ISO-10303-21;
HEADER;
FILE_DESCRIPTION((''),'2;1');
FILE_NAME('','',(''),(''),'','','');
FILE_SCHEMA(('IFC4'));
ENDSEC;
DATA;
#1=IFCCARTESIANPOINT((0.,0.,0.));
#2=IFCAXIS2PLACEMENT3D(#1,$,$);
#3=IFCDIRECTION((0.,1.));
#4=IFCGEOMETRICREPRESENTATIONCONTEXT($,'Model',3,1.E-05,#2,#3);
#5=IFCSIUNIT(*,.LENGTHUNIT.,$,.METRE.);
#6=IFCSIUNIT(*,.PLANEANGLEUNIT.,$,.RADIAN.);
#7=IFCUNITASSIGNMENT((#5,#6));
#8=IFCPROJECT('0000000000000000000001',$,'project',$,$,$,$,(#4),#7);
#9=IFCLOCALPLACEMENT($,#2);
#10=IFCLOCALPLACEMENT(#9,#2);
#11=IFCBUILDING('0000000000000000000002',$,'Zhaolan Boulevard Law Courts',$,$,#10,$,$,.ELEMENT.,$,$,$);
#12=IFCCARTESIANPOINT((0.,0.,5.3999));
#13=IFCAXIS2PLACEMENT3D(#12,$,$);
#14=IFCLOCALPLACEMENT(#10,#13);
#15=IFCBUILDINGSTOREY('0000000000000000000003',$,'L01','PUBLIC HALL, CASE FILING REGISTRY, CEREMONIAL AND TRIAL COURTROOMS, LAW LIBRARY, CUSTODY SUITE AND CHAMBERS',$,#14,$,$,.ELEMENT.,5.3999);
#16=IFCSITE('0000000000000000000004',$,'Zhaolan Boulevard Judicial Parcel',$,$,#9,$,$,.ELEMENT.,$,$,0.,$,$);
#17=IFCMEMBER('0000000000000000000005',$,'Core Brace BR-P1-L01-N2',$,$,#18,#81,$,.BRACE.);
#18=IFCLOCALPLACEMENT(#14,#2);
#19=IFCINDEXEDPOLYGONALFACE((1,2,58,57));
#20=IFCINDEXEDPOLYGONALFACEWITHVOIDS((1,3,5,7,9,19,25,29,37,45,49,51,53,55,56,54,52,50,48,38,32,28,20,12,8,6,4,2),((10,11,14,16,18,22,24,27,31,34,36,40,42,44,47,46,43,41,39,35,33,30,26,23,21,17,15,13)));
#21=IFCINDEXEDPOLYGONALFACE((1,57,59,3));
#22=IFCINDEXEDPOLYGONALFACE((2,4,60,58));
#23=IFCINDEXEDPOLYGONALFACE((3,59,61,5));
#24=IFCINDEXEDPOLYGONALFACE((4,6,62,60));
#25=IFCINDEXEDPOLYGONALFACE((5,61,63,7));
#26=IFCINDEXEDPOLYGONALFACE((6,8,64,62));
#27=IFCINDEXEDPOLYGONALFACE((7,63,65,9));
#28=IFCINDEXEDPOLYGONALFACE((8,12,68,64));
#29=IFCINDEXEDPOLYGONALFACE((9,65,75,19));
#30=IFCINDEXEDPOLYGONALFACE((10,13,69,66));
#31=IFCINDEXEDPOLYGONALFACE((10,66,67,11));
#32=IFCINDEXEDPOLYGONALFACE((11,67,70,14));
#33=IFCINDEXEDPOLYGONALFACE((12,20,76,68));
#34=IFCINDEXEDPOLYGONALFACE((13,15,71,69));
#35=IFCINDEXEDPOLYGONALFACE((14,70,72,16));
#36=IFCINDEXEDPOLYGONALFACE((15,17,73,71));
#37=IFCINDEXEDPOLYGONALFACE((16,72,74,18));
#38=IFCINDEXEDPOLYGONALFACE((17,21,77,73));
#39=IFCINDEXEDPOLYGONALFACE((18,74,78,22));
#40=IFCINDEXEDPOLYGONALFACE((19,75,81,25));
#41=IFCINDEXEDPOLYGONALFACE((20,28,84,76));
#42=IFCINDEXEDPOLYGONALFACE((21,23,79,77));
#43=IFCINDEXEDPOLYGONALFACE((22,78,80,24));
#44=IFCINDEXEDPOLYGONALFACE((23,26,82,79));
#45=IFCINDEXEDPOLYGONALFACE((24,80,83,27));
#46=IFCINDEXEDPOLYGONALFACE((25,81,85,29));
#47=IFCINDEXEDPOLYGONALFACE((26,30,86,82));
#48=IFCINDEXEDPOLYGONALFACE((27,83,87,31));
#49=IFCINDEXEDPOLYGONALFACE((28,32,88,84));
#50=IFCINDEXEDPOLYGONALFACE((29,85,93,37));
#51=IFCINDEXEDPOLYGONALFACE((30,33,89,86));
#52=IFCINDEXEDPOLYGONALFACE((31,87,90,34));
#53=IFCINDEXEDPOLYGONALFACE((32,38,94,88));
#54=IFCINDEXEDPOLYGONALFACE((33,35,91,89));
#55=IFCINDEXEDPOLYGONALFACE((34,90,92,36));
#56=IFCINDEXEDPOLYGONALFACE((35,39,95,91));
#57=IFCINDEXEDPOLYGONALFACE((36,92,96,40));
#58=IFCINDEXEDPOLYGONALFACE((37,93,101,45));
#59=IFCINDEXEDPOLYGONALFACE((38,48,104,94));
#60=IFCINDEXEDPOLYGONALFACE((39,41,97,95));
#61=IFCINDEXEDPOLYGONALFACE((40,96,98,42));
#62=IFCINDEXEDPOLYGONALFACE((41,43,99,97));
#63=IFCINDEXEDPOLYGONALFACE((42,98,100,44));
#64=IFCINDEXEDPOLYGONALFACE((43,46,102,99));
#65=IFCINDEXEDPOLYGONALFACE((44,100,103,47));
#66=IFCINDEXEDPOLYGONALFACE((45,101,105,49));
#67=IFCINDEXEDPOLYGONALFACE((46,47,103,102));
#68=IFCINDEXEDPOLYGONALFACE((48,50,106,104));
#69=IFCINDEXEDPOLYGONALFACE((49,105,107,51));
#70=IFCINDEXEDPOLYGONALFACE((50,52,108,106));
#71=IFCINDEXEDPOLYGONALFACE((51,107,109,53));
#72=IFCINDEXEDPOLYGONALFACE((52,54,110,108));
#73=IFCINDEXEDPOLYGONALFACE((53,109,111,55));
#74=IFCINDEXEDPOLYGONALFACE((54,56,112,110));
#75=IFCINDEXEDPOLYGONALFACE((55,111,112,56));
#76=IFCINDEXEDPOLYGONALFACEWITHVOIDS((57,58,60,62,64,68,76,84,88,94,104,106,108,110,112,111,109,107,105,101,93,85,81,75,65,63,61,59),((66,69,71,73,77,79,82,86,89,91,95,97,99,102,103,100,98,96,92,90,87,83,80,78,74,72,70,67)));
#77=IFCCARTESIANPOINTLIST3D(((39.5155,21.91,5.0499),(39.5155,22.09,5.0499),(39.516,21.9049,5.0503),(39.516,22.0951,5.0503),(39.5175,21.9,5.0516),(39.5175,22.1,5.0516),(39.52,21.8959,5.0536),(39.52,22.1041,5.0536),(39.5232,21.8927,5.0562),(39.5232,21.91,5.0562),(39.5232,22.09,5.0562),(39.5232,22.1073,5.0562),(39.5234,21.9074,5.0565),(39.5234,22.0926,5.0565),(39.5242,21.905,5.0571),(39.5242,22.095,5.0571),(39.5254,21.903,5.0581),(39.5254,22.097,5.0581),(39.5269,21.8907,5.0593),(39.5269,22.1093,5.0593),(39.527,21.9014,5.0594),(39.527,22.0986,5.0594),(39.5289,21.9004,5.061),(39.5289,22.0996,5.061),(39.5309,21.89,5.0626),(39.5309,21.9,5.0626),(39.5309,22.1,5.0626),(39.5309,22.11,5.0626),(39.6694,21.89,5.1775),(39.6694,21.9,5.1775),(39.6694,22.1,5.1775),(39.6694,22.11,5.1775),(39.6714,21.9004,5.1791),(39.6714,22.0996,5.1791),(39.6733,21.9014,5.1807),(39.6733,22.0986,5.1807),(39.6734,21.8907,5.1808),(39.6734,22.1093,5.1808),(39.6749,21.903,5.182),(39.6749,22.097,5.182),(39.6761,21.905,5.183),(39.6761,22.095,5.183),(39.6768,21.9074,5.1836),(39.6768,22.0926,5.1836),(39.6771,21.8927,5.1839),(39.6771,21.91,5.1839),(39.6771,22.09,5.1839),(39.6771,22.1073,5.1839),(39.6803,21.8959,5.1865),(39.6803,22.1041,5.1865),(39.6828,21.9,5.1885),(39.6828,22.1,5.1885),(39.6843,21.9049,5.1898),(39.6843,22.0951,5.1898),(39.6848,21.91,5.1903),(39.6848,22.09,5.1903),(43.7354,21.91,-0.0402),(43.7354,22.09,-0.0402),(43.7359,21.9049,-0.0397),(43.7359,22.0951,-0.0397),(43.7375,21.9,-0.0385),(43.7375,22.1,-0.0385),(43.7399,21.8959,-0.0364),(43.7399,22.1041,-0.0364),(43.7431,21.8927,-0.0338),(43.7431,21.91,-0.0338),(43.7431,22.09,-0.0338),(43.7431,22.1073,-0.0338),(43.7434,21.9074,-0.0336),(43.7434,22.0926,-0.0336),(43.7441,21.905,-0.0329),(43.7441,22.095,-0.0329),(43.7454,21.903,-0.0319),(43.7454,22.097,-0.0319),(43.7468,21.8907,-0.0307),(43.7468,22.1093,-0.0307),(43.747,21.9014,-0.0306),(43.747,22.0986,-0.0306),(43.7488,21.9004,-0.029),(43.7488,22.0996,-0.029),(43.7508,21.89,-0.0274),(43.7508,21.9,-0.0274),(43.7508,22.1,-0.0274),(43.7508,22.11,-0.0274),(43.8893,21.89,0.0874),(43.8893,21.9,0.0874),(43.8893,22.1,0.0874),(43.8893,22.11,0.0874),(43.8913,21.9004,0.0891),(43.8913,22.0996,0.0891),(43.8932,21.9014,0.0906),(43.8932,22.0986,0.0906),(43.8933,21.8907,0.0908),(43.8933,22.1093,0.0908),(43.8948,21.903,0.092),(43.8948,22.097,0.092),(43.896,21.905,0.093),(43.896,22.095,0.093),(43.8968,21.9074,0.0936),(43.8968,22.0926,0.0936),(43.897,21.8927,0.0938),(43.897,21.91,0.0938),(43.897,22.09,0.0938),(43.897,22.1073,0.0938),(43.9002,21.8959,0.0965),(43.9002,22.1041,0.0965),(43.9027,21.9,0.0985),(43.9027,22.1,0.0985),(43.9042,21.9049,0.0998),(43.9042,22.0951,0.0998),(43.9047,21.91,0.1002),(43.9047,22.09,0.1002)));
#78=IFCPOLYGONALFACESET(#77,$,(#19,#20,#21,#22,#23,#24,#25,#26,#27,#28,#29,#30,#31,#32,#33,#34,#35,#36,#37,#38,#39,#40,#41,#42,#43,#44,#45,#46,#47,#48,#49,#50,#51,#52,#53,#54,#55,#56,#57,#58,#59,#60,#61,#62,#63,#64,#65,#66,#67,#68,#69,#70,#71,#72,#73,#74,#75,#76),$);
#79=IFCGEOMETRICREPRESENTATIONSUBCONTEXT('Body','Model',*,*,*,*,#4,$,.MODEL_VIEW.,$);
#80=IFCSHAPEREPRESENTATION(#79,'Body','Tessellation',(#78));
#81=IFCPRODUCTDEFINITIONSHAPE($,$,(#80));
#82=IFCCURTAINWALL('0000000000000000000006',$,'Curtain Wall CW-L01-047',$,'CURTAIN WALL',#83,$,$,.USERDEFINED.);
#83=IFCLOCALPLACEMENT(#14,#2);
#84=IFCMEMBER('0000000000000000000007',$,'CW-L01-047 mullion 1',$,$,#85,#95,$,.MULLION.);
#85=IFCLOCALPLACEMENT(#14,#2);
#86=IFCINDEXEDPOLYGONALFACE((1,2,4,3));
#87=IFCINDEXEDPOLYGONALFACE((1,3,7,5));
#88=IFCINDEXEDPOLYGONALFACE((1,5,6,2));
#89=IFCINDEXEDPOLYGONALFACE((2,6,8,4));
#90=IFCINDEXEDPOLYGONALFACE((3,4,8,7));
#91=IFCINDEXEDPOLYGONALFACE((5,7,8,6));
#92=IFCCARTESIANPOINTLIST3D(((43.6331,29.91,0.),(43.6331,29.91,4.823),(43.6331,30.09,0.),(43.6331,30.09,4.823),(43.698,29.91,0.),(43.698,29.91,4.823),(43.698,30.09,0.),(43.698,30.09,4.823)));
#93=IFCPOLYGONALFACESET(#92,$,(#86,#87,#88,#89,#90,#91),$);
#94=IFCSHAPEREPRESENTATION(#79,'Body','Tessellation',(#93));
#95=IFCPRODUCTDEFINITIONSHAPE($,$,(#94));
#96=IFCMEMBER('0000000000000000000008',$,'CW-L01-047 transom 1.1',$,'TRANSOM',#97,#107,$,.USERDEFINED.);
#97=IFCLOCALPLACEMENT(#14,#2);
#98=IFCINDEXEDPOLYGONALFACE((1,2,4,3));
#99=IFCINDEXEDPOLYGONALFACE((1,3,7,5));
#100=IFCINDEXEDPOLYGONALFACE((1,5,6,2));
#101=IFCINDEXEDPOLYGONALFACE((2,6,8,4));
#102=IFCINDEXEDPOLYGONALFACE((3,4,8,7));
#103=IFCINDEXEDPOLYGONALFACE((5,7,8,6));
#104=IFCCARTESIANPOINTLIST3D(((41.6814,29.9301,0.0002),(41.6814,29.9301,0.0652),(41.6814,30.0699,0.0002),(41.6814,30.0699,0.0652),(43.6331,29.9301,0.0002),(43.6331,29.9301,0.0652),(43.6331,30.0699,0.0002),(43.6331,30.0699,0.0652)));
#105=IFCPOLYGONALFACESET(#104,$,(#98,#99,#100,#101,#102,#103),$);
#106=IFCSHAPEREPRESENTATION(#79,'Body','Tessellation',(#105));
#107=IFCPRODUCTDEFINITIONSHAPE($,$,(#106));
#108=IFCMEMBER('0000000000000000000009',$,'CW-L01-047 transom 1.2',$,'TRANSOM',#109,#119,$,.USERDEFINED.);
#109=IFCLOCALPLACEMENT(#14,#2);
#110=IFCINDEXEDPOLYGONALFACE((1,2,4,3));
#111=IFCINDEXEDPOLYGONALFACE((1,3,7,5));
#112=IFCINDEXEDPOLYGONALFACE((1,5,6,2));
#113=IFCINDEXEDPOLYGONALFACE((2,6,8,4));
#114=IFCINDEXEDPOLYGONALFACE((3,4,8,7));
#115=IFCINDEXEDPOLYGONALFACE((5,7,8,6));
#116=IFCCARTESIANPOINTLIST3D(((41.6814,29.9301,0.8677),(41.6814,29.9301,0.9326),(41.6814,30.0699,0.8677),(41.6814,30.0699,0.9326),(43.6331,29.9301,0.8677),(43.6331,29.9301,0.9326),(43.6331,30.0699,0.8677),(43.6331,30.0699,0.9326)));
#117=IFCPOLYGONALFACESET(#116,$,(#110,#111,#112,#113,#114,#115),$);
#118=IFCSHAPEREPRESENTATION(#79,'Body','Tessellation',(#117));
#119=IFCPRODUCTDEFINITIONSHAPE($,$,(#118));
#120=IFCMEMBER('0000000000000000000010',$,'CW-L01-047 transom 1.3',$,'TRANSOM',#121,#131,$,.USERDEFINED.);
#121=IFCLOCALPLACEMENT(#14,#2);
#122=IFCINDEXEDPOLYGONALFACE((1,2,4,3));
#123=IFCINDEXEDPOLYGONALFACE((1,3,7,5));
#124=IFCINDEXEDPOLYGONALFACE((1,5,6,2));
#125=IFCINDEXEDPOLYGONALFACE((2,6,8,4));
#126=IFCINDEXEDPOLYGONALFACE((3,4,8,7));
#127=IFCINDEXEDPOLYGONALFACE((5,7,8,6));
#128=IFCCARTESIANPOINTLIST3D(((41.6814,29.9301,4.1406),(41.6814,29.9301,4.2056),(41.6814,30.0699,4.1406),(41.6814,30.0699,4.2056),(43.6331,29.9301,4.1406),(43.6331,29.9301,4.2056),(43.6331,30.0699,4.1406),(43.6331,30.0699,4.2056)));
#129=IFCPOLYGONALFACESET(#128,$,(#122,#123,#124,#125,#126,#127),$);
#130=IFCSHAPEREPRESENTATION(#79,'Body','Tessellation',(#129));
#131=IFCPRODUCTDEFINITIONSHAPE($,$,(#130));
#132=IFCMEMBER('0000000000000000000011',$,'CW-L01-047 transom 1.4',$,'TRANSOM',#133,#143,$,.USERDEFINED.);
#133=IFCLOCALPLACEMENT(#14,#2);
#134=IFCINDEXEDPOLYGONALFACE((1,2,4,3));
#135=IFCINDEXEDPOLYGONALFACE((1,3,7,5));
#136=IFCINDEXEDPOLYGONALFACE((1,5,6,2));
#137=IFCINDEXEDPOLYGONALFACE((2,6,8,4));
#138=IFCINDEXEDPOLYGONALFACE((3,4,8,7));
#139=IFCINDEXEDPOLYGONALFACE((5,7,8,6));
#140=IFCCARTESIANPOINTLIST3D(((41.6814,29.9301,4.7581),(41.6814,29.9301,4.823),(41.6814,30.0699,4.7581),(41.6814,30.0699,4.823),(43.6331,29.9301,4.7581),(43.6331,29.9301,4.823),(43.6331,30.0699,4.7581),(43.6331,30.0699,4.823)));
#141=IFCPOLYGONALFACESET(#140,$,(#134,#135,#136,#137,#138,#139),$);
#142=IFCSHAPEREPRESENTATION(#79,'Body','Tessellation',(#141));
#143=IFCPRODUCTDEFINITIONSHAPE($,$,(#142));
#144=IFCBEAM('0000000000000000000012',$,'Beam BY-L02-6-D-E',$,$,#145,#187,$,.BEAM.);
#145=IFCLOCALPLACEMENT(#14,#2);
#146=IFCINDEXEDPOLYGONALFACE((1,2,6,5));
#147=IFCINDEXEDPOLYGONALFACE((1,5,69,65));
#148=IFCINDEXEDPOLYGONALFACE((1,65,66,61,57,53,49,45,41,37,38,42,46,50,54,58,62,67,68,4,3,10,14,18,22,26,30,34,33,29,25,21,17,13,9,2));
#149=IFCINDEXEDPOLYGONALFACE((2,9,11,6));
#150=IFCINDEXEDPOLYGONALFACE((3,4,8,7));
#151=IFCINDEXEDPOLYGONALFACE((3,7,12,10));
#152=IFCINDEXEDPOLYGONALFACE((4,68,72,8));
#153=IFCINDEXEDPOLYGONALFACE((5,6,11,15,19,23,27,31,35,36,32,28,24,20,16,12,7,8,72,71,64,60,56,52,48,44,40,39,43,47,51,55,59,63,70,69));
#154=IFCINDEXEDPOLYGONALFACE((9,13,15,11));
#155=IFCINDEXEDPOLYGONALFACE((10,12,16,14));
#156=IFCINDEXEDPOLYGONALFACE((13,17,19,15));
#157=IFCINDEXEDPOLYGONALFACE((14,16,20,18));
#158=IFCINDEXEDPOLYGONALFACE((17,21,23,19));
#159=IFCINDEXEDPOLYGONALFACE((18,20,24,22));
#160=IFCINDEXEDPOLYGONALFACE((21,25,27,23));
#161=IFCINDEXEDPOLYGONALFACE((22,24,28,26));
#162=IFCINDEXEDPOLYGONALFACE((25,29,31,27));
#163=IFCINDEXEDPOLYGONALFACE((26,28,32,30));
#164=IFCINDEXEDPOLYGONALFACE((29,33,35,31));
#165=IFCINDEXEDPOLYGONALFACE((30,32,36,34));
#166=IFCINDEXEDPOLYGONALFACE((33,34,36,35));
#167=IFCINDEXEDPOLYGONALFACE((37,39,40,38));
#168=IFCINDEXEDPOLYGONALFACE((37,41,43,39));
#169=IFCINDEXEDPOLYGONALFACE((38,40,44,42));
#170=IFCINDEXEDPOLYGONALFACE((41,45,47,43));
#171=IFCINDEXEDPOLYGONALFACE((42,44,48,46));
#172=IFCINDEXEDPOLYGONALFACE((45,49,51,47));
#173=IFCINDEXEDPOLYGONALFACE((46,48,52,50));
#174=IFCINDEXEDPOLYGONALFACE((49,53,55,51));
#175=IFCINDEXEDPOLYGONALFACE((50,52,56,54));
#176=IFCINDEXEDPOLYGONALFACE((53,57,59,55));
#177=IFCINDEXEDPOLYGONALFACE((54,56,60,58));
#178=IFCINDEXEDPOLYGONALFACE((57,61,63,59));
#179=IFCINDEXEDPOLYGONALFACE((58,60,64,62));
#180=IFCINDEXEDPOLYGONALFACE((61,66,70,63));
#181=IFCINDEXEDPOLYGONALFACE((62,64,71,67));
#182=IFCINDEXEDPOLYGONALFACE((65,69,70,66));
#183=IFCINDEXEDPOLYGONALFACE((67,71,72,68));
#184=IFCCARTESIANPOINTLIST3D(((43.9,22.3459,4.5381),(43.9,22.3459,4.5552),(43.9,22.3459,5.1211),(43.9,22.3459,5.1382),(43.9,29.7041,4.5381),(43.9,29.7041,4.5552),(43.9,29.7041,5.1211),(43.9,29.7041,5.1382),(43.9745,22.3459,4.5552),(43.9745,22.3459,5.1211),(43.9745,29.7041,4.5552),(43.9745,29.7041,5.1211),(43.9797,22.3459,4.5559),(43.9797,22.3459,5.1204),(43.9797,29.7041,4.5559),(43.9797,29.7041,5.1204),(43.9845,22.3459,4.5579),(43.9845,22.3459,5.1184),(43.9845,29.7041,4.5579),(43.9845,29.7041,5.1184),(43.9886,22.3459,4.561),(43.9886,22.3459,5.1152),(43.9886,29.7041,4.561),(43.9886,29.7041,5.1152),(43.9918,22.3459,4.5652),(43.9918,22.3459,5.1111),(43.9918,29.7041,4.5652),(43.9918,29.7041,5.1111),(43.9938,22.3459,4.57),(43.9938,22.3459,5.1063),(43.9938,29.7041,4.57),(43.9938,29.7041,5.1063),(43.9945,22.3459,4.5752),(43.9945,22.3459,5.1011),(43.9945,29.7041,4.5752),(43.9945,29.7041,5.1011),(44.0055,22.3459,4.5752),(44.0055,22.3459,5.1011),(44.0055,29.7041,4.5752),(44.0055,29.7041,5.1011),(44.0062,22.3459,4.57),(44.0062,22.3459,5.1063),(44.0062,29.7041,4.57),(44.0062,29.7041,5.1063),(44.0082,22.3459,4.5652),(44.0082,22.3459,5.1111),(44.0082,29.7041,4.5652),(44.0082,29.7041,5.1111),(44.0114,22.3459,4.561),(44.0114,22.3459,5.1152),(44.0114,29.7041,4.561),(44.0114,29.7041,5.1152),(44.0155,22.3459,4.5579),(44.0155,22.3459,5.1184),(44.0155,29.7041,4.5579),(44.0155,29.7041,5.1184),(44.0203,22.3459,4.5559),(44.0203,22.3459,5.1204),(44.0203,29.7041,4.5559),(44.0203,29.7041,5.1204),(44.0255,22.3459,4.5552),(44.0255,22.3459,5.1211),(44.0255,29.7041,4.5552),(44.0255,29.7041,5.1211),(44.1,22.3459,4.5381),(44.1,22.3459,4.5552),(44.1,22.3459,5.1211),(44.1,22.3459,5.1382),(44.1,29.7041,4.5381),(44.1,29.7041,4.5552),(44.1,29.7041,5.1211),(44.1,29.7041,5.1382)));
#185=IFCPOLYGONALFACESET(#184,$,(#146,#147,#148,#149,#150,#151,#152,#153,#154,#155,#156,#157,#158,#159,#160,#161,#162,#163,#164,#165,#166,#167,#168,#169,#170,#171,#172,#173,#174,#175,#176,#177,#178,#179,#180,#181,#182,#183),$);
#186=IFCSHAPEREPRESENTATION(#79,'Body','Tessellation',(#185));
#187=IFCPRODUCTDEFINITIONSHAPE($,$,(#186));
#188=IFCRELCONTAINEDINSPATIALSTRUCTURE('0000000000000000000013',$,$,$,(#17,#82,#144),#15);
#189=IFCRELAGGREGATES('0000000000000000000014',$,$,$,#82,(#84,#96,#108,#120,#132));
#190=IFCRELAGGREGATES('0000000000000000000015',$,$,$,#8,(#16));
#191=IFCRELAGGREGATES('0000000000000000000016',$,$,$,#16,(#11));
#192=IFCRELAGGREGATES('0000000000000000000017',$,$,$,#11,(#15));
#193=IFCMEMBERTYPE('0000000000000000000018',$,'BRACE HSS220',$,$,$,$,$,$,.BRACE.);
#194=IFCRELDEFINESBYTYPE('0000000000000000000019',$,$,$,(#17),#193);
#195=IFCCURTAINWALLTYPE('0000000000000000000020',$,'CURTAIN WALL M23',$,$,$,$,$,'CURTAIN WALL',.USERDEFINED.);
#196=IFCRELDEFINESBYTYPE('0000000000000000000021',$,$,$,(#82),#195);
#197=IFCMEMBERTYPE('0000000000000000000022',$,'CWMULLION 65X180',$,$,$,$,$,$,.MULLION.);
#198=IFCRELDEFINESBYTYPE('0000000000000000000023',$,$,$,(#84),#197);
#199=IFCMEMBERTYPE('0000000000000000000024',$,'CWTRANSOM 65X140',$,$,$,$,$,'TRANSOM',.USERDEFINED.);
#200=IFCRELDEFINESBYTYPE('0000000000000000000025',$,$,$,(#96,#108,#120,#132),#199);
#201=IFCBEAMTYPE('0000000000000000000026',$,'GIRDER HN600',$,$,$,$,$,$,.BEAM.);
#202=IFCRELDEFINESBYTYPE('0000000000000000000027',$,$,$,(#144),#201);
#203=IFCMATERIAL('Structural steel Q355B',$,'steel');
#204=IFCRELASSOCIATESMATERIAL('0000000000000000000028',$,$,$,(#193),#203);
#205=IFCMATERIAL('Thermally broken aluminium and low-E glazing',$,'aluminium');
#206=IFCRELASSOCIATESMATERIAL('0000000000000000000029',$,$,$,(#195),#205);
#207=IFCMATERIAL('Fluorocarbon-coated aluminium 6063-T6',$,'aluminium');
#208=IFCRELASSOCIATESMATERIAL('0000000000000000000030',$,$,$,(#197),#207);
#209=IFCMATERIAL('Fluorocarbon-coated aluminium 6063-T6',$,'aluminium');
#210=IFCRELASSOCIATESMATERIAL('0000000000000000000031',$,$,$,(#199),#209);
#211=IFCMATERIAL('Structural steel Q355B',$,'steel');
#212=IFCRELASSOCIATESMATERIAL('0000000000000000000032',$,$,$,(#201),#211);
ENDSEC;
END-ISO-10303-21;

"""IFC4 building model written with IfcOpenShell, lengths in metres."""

from ifc_helpers import new_model, si_unit, direction, frame, origin, origin_2d, place, context, subcontext, project, spatial, rectangle, hollow_rectangle, i_section, extrude, material, material_profile, profile_set, type_object, element, aggregate, save


model = new_model("IFC4")

# Units and contexts
model_context = context("Model", 3, precision=1e-05, world=origin(), true_north=direction((0.0, 1.0)))
body_context = subcontext(model_context, "Body", "Model", "MODEL_VIEW")
ifc_project = project(units=[si_unit("LENGTHUNIT", "METRE"), si_unit("PLANEANGLEUNIT", "RADIAN")], contexts=[model_context])

# Site, building, storey
site_placement = place(None, origin())
site = spatial("IfcSite", under=ifc_project, at=site_placement, Name="Zhaolan Boulevard Judicial Parcel", CompositionType="ELEMENT", RefElevation=0.0)
building_placement = place(site_placement, origin())
building = spatial("IfcBuilding", under=site, at=building_placement, Name="Zhaolan Boulevard Law Courts", CompositionType="ELEMENT")
storey_placement = place(building_placement, frame((0.0, 0.0, 5.3999)))
storey = spatial("IfcBuildingStorey", under=building, at=storey_placement, Name="L01", Description="PUBLIC HALL, CASE FILING REGISTRY, CEREMONIAL AND TRIAL COURTROOMS, LAW LIBRARY, CUSTODY SUITE AND CHAMBERS", CompositionType="ELEMENT", Elevation=5.3999)

# Member
ifc_material_1 = material(Name="Structural steel Q355B", Category="steel")
ifc_material_profile_1 = material_profile(ifc_material_1, hollow_rectangle(XDim=0.22, YDim=0.22, WallThickness=0.01, InnerFilletRadius=0.01, OuterFilletRadius=0.02, at=origin_2d()), Name="HSS220x220x10")
ifc_profile_set_1 = profile_set([ifc_material_profile_1], Name="Structural steel Q355B")
member_type_1 = type_object("IfcMemberType", Name="BRACE HSS220", PredefinedType="BRACE", material=ifc_profile_set_1)
member_1_placement = place(storey_placement, frame((43.8201, 22.0, 0.03), z_axis=(-0.638239, 0.0, 0.769838), x_axis=(0.0, -1.0, 0.0)))
element("IfcMember", 1, at=member_1_placement, inside=storey, type_object=member_type_1, Name="Core Brace BR-P1-L01-N2", PredefinedType="BRACE", context=body_context, shape_type="SweptSolid", body=[
    extrude(hollow_rectangle(XDim=0.22, YDim=0.22, WallThickness=0.01, InnerFilletRadius=0.01, OuterFilletRadius=0.02, at=origin_2d()), origin(), (0.0, 0.0, 1.0), 6.6118),
])

# Curtain wall, members
ifc_material_2 = material(Name="Thermally broken aluminium and low-E glazing", Category="aluminium")
curtain_wall_type = type_object("IfcCurtainWallType", Name="CURTAIN WALL M23", ElementType="CURTAIN WALL", PredefinedType="USERDEFINED", material=ifc_material_2)
curtain_wall_placement = place(storey_placement, origin())
curtain_wall = element("IfcCurtainWall", 2, at=curtain_wall_placement, inside=storey, type_object=curtain_wall_type, Name="Curtain Wall CW-L01-047", ObjectType="CURTAIN WALL", PredefinedType="USERDEFINED")
ifc_material_3 = material(Name="Fluorocarbon-coated aluminium 6063-T6", Category="aluminium")
ifc_material_profile_2 = material_profile(ifc_material_3, rectangle(XDim=0.1799, YDim=0.0649, at=origin_2d()), Name="AL65x180")
ifc_profile_set_2 = profile_set([ifc_material_profile_2], Name="Fluorocarbon-coated aluminium 6063-T6")
member_type_2 = type_object("IfcMemberType", Name="CWMULLION 65X180", PredefinedType="MULLION", material=ifc_profile_set_2)
member_2_placement = place(storey_placement, frame((43.6655, 30.0, 0.0), z_axis=(0.0, 0.0, 1.0), x_axis=(0.0, -1.0, 0.0)))
member_2 = element("IfcMember", 3, at=member_2_placement, type_object=member_type_2, Name="CW-L01-047 mullion 1", PredefinedType="MULLION", context=body_context, shape_type="SweptSolid", body=[
    extrude(rectangle(XDim=0.1799, YDim=0.0649, at=origin_2d()), origin(), (0.0, 0.0, 1.0), 4.823),
])
ifc_material_4 = material(Name="Fluorocarbon-coated aluminium 6063-T6", Category="aluminium")
ifc_material_profile_3 = material_profile(ifc_material_4, rectangle(XDim=0.1399, YDim=0.0649, at=origin_2d()), Name="AL65x140")
ifc_profile_set_3 = profile_set([ifc_material_profile_3], Name="Fluorocarbon-coated aluminium 6063-T6")
member_type_3 = type_object("IfcMemberType", Name="CWTRANSOM 65X140", ElementType="TRANSOM", PredefinedType="USERDEFINED", material=ifc_profile_set_3)
member_3_placement = place(storey_placement, frame((43.6331, 30.0, 0.0327), z_axis=(-1.0, 0.0, 0.0), x_axis=(0.0, -1.0, 0.0)))
member_3 = element("IfcMember", 4, at=member_3_placement, type_object=member_type_3, Name="CW-L01-047 transom 1.1", ObjectType="TRANSOM", PredefinedType="USERDEFINED", context=body_context, shape_type="SweptSolid", body=[
    extrude(rectangle(XDim=0.1399, YDim=0.0649, at=origin_2d()), origin(), (0.0, 0.0, 1.0), 1.9517),
])
member_4_placement = place(storey_placement, frame((43.6331, 30.0, 0.9001), z_axis=(-1.0, 0.0, 0.0), x_axis=(0.0, -1.0, 0.0)))
member_4 = element("IfcMember", 5, at=member_4_placement, type_object=member_type_3, Name="CW-L01-047 transom 1.2", ObjectType="TRANSOM", PredefinedType="USERDEFINED", context=body_context, shape_type="SweptSolid", body=[
    extrude(rectangle(XDim=0.1399, YDim=0.0649, at=origin_2d()), origin(), (0.0, 0.0, 1.0), 1.9517),
])
member_5_placement = place(storey_placement, frame((43.6331, 30.0, 4.1731), z_axis=(-1.0, 0.0, 0.0), x_axis=(0.0, -1.0, 0.0)))
member_5 = element("IfcMember", 6, at=member_5_placement, type_object=member_type_3, Name="CW-L01-047 transom 1.3", ObjectType="TRANSOM", PredefinedType="USERDEFINED", context=body_context, shape_type="SweptSolid", body=[
    extrude(rectangle(XDim=0.1399, YDim=0.0649, at=origin_2d()), origin(), (0.0, 0.0, 1.0), 1.9517),
])
member_6_placement = place(storey_placement, frame((43.6331, 30.0, 4.7905), z_axis=(-1.0, 0.0, 0.0), x_axis=(0.0, -1.0, 0.0)))
member_6 = element("IfcMember", 7, at=member_6_placement, type_object=member_type_3, Name="CW-L01-047 transom 1.4", ObjectType="TRANSOM", PredefinedType="USERDEFINED", context=body_context, shape_type="SweptSolid", body=[
    extrude(rectangle(XDim=0.1399, YDim=0.0649, at=origin_2d()), origin(), (0.0, 0.0, 1.0), 1.9517),
])
aggregate(curtain_wall, [member_2, member_3, member_4, member_5, member_6])

# Beam
ifc_material_5 = material(Name="Structural steel Q355B", Category="steel")
ifc_material_profile_4 = material_profile(ifc_material_5, i_section(OverallWidth=0.2, OverallDepth=0.6001, WebThickness=0.011, FlangeThickness=0.0171, FilletRadius=0.02, at=origin_2d()), Name="HN600x200")
ifc_profile_set_4 = profile_set([ifc_material_profile_4], Name="Structural steel Q355B")
beam_type = type_object("IfcBeamType", Name="GIRDER HN600", PredefinedType="BEAM", material=ifc_profile_set_4)
beam_placement = place(storey_placement, frame((44.0, 22.3459, 4.8381), z_axis=(0.0, 1.0, 0.0), x_axis=(-1.0, 0.0, 0.0)))
element("IfcBeam", 8, at=beam_placement, inside=storey, type_object=beam_type, Name="Beam BY-L02-6-D-E", PredefinedType="BEAM", context=body_context, shape_type="SweptSolid", body=[
    extrude(i_section(OverallWidth=0.2, OverallDepth=0.6001, WebThickness=0.011, FlangeThickness=0.0171, FilletRadius=0.02, at=origin_2d()), origin(), (0.0, 0.0, 1.0), 7.3582),
])

save(model, "model.ifc")
